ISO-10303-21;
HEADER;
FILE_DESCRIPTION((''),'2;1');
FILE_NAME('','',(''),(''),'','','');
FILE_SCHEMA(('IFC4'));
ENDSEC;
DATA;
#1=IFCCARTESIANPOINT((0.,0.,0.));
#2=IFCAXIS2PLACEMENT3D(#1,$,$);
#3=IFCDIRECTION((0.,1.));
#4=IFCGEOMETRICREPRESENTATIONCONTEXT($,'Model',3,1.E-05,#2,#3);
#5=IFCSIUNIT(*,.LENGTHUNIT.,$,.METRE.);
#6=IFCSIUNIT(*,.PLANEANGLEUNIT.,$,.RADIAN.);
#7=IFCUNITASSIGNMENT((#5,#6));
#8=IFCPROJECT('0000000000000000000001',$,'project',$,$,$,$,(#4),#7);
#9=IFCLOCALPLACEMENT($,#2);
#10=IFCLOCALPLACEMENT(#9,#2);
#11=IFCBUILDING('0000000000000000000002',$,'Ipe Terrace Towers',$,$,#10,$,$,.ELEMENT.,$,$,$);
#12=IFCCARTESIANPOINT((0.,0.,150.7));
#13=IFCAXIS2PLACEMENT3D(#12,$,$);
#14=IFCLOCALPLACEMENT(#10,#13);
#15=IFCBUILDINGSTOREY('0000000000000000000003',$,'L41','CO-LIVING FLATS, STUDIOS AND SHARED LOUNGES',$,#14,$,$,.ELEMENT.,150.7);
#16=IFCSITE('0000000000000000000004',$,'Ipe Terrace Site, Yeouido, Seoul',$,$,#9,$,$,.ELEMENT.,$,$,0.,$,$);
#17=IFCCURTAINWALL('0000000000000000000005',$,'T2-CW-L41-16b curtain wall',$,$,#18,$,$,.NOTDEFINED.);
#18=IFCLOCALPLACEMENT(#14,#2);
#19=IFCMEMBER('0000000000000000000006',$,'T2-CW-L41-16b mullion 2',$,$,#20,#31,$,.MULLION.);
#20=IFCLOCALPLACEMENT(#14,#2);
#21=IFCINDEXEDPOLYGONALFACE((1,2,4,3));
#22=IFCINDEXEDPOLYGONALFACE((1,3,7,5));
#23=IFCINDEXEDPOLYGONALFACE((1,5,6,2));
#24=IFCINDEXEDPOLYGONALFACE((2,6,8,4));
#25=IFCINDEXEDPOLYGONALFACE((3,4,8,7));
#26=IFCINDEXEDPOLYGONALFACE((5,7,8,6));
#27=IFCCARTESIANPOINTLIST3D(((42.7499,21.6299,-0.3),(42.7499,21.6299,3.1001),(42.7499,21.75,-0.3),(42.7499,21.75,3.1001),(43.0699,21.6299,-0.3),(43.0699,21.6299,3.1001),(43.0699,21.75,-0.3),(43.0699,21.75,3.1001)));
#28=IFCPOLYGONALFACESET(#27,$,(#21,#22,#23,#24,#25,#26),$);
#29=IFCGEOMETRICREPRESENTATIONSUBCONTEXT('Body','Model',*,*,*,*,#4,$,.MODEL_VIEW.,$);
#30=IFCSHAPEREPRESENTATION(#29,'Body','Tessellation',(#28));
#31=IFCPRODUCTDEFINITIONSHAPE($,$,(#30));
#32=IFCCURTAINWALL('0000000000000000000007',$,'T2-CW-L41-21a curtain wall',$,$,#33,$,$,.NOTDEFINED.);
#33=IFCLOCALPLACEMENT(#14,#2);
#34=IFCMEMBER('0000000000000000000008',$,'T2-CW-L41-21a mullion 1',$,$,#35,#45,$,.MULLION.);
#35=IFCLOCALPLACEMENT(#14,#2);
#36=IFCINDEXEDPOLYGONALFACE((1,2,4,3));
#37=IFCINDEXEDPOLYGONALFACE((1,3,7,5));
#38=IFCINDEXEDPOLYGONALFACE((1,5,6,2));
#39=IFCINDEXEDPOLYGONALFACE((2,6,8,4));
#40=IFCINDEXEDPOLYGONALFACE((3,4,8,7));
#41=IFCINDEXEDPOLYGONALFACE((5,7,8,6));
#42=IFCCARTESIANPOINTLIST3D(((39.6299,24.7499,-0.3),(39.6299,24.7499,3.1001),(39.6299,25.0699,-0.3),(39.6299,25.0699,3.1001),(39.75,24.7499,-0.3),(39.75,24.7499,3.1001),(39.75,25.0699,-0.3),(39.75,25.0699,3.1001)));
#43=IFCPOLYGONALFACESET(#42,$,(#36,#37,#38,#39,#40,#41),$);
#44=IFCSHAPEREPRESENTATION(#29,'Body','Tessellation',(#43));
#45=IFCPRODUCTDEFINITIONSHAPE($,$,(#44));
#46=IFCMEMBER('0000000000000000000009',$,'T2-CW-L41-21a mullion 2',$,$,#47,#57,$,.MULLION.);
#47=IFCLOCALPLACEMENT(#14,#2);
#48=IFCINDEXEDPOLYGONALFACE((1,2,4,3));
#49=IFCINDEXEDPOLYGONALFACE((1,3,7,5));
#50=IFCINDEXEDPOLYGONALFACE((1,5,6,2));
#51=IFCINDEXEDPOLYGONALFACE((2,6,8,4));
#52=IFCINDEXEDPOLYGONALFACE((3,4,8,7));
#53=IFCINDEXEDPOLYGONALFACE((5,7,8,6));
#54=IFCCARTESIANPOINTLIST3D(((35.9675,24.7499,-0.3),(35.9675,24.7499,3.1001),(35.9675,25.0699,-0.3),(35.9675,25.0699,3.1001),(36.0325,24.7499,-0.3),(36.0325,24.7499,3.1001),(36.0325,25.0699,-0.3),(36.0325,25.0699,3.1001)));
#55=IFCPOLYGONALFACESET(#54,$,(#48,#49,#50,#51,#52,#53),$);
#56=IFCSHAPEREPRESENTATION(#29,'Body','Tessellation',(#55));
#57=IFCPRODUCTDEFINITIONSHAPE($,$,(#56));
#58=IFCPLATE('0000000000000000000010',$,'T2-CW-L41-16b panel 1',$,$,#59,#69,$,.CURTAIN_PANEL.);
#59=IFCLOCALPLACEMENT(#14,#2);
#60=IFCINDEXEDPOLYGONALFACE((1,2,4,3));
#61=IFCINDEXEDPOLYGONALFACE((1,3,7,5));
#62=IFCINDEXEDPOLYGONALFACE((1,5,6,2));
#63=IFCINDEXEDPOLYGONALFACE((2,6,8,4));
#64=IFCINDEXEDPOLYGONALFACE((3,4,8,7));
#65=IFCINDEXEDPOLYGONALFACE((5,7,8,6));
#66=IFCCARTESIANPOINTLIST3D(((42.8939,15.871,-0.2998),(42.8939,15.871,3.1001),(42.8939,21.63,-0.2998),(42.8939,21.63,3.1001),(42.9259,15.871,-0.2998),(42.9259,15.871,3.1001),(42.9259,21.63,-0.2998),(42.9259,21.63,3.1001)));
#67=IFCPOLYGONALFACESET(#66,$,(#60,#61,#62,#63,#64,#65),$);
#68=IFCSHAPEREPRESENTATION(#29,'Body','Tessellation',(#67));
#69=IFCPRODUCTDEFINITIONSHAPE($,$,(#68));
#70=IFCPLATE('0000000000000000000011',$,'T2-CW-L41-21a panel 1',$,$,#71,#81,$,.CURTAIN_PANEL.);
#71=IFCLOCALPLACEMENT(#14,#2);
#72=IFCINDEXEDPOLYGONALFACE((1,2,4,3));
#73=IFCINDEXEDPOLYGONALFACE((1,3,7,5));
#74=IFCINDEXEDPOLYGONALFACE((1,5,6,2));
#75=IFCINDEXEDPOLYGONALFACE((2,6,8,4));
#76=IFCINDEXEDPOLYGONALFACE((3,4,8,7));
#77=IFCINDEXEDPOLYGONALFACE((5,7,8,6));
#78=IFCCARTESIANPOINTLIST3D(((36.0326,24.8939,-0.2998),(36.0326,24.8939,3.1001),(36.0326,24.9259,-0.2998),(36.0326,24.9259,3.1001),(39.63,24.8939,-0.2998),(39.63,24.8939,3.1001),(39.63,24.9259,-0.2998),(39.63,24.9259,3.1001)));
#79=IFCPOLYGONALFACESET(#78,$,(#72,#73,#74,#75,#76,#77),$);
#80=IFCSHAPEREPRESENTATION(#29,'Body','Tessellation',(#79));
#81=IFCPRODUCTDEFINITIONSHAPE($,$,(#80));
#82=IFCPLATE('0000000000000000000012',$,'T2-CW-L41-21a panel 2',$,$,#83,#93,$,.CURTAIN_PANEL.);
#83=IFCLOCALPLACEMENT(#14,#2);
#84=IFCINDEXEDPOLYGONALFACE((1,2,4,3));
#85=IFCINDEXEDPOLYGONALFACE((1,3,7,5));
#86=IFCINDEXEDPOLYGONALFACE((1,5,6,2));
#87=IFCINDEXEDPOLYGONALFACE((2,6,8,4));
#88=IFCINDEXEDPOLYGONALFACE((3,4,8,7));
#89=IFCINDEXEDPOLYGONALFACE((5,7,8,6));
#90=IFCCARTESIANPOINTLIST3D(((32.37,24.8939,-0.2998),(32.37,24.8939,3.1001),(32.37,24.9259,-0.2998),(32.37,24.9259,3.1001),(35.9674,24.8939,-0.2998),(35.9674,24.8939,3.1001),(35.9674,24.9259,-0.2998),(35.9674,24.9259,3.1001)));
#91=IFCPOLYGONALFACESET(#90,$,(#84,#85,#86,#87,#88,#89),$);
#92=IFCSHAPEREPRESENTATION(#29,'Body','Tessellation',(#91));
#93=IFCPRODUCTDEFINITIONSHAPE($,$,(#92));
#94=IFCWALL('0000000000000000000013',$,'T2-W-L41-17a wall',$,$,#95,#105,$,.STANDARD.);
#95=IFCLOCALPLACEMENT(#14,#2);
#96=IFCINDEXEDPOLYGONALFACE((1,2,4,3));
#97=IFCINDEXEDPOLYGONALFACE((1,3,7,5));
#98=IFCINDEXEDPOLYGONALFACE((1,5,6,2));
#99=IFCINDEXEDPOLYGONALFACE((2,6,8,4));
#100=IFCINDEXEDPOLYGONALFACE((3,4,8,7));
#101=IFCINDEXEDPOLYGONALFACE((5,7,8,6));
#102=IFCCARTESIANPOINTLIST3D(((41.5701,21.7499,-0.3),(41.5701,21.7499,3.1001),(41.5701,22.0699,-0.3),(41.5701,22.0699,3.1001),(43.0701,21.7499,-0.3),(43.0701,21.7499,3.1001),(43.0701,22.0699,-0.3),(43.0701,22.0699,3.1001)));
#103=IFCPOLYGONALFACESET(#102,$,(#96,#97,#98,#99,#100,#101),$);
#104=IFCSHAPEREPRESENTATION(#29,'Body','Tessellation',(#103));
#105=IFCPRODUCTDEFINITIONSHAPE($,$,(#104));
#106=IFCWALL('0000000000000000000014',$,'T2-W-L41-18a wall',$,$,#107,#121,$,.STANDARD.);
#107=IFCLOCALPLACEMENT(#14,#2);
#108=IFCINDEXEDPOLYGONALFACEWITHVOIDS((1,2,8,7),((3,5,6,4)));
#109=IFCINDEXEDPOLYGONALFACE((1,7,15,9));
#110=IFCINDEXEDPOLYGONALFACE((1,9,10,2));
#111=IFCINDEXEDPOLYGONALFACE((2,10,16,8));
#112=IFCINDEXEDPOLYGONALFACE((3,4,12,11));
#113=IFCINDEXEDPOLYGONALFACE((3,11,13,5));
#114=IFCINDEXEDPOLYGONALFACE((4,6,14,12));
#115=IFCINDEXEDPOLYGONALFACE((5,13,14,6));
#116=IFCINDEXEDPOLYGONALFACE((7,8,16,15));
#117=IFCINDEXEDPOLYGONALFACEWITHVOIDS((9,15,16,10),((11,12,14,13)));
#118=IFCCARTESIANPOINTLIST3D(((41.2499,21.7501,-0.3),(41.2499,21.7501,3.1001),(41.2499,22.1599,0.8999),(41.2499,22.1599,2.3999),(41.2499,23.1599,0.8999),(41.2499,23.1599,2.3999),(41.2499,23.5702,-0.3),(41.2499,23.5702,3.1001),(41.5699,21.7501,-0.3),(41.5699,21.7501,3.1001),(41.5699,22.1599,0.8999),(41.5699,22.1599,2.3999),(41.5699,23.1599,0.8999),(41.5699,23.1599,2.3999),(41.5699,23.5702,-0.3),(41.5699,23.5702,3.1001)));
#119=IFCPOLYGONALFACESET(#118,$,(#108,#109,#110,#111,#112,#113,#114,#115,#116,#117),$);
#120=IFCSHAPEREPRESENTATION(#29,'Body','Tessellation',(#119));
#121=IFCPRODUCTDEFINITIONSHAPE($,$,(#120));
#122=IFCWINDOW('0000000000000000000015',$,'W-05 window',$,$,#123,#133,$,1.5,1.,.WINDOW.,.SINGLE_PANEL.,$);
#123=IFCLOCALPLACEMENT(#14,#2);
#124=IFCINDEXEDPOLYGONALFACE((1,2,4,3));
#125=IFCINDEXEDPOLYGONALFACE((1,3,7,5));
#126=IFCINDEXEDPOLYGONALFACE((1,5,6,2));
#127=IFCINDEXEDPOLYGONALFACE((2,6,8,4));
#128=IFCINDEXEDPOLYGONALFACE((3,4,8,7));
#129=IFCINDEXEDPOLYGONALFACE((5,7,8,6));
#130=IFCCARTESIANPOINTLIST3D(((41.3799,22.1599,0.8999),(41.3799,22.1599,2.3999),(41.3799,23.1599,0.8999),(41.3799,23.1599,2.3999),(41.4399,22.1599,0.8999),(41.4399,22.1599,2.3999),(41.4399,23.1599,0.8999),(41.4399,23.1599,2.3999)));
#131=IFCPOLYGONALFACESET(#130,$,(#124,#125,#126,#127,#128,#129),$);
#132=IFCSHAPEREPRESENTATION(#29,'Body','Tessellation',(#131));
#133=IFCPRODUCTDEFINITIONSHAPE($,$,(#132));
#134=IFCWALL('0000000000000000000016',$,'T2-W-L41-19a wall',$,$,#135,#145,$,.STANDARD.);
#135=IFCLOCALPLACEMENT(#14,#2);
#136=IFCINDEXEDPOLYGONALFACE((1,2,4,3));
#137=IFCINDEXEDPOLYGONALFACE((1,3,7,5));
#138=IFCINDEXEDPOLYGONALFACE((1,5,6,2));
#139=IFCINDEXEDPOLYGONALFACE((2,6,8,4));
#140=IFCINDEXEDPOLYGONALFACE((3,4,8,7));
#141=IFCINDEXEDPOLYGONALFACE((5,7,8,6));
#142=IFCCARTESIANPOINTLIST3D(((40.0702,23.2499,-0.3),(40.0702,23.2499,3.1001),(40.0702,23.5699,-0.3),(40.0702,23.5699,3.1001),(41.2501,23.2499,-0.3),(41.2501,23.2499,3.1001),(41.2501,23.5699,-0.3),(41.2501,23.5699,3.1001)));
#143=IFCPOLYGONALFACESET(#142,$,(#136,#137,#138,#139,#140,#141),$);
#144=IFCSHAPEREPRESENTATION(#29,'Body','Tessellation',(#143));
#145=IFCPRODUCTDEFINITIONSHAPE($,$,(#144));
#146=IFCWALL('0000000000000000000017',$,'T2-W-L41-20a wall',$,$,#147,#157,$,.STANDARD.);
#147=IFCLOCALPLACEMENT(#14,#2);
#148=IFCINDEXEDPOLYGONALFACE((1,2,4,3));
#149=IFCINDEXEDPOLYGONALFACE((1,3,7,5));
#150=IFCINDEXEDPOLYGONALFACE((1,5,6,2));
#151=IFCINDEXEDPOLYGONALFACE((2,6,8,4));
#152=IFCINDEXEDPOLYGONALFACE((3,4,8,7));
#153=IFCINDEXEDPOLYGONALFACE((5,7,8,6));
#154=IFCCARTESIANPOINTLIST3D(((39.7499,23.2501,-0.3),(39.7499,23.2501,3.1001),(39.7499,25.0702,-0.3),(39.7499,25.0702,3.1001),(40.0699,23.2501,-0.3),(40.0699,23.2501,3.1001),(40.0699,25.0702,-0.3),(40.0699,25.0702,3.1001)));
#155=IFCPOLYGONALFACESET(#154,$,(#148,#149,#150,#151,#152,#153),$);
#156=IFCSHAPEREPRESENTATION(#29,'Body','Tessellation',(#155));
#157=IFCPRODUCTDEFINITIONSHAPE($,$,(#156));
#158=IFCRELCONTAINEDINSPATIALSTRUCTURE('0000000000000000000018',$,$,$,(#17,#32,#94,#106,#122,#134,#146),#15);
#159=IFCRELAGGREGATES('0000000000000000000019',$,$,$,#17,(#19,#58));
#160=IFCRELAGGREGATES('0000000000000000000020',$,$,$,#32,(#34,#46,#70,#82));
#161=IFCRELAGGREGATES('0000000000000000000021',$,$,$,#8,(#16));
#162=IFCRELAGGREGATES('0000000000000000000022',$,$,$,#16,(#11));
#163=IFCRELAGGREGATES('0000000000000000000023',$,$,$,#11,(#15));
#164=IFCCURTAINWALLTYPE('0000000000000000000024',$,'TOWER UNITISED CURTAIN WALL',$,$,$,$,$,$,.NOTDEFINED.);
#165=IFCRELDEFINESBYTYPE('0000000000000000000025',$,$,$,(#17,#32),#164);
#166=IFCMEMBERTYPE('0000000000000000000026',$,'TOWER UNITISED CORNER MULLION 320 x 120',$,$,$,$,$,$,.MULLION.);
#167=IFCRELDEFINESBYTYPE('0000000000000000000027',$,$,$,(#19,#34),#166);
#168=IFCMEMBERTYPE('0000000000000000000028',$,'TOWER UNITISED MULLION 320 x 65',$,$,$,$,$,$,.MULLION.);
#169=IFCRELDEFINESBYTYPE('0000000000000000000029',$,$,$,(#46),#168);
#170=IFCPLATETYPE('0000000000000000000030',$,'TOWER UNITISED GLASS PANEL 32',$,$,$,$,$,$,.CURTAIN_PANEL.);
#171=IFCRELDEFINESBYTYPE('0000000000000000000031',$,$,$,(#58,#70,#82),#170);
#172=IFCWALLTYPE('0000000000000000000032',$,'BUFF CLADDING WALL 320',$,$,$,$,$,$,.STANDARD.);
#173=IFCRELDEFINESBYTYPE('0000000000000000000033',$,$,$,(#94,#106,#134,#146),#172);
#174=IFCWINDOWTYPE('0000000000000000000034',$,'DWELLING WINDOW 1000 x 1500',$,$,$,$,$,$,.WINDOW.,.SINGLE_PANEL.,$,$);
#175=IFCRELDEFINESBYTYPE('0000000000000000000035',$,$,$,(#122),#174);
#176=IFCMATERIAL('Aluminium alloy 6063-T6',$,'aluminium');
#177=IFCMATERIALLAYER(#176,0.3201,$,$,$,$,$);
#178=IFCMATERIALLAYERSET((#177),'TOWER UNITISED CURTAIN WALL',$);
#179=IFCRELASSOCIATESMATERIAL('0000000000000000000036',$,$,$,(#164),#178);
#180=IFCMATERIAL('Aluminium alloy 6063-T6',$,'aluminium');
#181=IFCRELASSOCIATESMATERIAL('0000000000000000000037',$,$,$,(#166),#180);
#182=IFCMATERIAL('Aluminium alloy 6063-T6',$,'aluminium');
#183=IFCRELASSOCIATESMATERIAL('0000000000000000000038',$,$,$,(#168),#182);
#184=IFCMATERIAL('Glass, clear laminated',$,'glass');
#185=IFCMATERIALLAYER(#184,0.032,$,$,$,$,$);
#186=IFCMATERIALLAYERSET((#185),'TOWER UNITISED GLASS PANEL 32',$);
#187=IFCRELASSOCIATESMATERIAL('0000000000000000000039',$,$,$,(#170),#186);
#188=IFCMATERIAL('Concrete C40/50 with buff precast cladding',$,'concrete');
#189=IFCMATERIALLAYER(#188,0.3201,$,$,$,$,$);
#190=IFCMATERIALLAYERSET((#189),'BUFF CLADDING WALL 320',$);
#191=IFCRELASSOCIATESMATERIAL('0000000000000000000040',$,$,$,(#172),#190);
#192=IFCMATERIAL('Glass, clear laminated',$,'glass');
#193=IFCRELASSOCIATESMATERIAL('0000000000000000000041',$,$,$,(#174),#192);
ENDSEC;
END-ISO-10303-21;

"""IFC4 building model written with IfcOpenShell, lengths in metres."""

from ifc_helpers import new_model, si_unit, direction, frame, frame_2d, origin, origin_2d, place, context, subcontext, project, spatial, rectangle, extrude, material, layer, layer_set, material_profile, profile_set, type_object, element, fill, aggregate, save


model = new_model("IFC4")

# Units and contexts
model_context = context("Model", 3, precision=1e-05, world=origin(), true_north=direction((0.0, 1.0)))
body_context = subcontext(model_context, "Body", "Model", "MODEL_VIEW")
ifc_project = project(units=[si_unit("LENGTHUNIT", "METRE"), si_unit("PLANEANGLEUNIT", "RADIAN")], contexts=[model_context])

# Site, building, storey
site_placement = place(None, origin())
site = spatial("IfcSite", under=ifc_project, at=site_placement, Name="Ipe Terrace Site, Yeouido, Seoul", CompositionType="ELEMENT", RefElevation=0.0)
building_placement = place(site_placement, origin())
building = spatial("IfcBuilding", under=site, at=building_placement, Name="Ipe Terrace Towers", CompositionType="ELEMENT")
storey_placement = place(building_placement, frame((0.0, 0.0, 150.7)))
storey = spatial("IfcBuildingStorey", under=building, at=storey_placement, Name="L41", Description="CO-LIVING FLATS, STUDIOS AND SHARED LOUNGES", CompositionType="ELEMENT", Elevation=150.7)

# Curtain walls, members
ifc_material_1 = material(Name="Aluminium alloy 6063-T6", Category="aluminium")
ifc_layer_1 = layer(ifc_material_1, 0.3201)
ifc_layer_set_1 = layer_set([ifc_layer_1], Name="TOWER UNITISED CURTAIN WALL")
curtain_wall_type = type_object("IfcCurtainWallType", Name="TOWER UNITISED CURTAIN WALL", PredefinedType="NOTDEFINED", material=ifc_layer_set_1)
curtain_wall_1_placement = place(storey_placement, origin())
curtain_wall_1 = element("IfcCurtainWall", 1, at=curtain_wall_1_placement, inside=storey, type_object=curtain_wall_type, Name="T2-CW-L41-16b curtain wall", PredefinedType="NOTDEFINED")
ifc_material_2 = material(Name="Aluminium alloy 6063-T6", Category="aluminium")
ifc_material_profile_1 = material_profile(ifc_material_2, rectangle(XDim=0.3201, YDim=0.1201, at=origin_2d()), Name="TOWER UNITISED CORNER MULLION 320 x 120")
ifc_profile_set_1 = profile_set([ifc_material_profile_1], Name="Aluminium alloy 6063-T6")
member_type_1 = type_object("IfcMemberType", Name="TOWER UNITISED CORNER MULLION 320 x 120", PredefinedType="MULLION", material=ifc_profile_set_1)
member_1_placement = place(storey_placement, frame((42.9099, 21.6899, -0.3), z_axis=(0.0, 0.0, 1.0), x_axis=(1.0, 0.0, 0.0)))
member_1 = element("IfcMember", 2, at=member_1_placement, type_object=member_type_1, Name="T2-CW-L41-16b mullion 2", PredefinedType="MULLION", context=body_context, shape_type="SweptSolid", body=[
    extrude(rectangle(XDim=0.3201, YDim=0.1201, at=origin_2d()), origin(), (0.0, 0.0, 1.0), 3.4001),
])
curtain_wall_2_placement = place(storey_placement, origin())
curtain_wall_2 = element("IfcCurtainWall", 3, at=curtain_wall_2_placement, inside=storey, type_object=curtain_wall_type, Name="T2-CW-L41-21a curtain wall", PredefinedType="NOTDEFINED")
member_2_placement = place(storey_placement, frame((39.6899, 24.9099, -0.3), z_axis=(0.0, 0.0, 1.0), x_axis=(0.0, 1.0, 0.0)))
member_2 = element("IfcMember", 4, at=member_2_placement, type_object=member_type_1, Name="T2-CW-L41-21a mullion 1", PredefinedType="MULLION", context=body_context, shape_type="SweptSolid", body=[
    extrude(rectangle(XDim=0.3201, YDim=0.1201, at=origin_2d()), origin(), (0.0, 0.0, 1.0), 3.4001),
])
ifc_material_3 = material(Name="Aluminium alloy 6063-T6", Category="aluminium")
ifc_material_profile_2 = material_profile(ifc_material_3, rectangle(XDim=0.3201, YDim=0.0649, at=origin_2d()), Name="TOWER UNITISED MULLION 320 x 65")
ifc_profile_set_2 = profile_set([ifc_material_profile_2], Name="Aluminium alloy 6063-T6")
member_type_2 = type_object("IfcMemberType", Name="TOWER UNITISED MULLION 320 x 65", PredefinedType="MULLION", material=ifc_profile_set_2)
member_3_placement = place(storey_placement, frame((36.0, 24.9099, -0.3), z_axis=(0.0, 0.0, 1.0), x_axis=(0.0, 1.0, 0.0)))
member_3 = element("IfcMember", 5, at=member_3_placement, type_object=member_type_2, Name="T2-CW-L41-21a mullion 2", PredefinedType="MULLION", context=body_context, shape_type="SweptSolid", body=[
    extrude(rectangle(XDim=0.3201, YDim=0.0649, at=origin_2d()), origin(), (0.0, 0.0, 1.0), 3.4001),
])

# Plates
ifc_material_4 = material(Name="Glass, clear laminated", Category="glass")
ifc_layer_2 = layer(ifc_material_4, 0.032)
ifc_layer_set_2 = layer_set([ifc_layer_2], Name="TOWER UNITISED GLASS PANEL 32")
plate_type = type_object("IfcPlateType", Name="TOWER UNITISED GLASS PANEL 32", PredefinedType="CURTAIN_PANEL", material=ifc_layer_set_2)
plate_1_placement = place(storey_placement, frame((42.9099, 18.7505, -0.2998), z_axis=(0.0, 0.0, 1.0), x_axis=(0.0, 1.0, 0.0)))
plate_1 = element("IfcPlate", 6, at=plate_1_placement, type_object=plate_type, Name="T2-CW-L41-16b panel 1", PredefinedType="CURTAIN_PANEL", context=body_context, shape_type="SweptSolid", body=[
    extrude(rectangle(XDim=5.759, YDim=0.032, at=origin_2d()), origin(), (0.0, 0.0, 1.0), 3.3999),
])
aggregate(curtain_wall_1, [member_1, plate_1])
plate_2_placement = place(storey_placement, frame((37.8313, 24.9099, -0.2998), z_axis=(0.0, 0.0, 1.0), x_axis=(-1.0, 0.0, 0.0)))
plate_2 = element("IfcPlate", 7, at=plate_2_placement, type_object=plate_type, Name="T2-CW-L41-21a panel 1", PredefinedType="CURTAIN_PANEL", context=body_context, shape_type="SweptSolid", body=[
    extrude(rectangle(XDim=3.5974, YDim=0.032, at=origin_2d()), origin(), (0.0, 0.0, 1.0), 3.3999),
])
plate_3_placement = place(storey_placement, frame((34.1687, 24.9099, -0.2998), z_axis=(0.0, 0.0, 1.0), x_axis=(-1.0, 0.0, 0.0)))
plate_3 = element("IfcPlate", 8, at=plate_3_placement, type_object=plate_type, Name="T2-CW-L41-21a panel 2", PredefinedType="CURTAIN_PANEL", context=body_context, shape_type="SweptSolid", body=[
    extrude(rectangle(XDim=3.5974, YDim=0.032, at=origin_2d()), origin(), (0.0, 0.0, 1.0), 3.3999),
])
aggregate(curtain_wall_2, [member_2, member_3, plate_2, plate_3])

# Wall
ifc_material_5 = material(Name="Concrete C40/50 with buff precast cladding", Category="concrete")
ifc_layer_3 = layer(ifc_material_5, 0.3201)
ifc_layer_set_3 = layer_set([ifc_layer_3], Name="BUFF CLADDING WALL 320")
wall_type_1 = type_object("IfcWallType", Name="BUFF CLADDING WALL 320", PredefinedType="STANDARD", material=ifc_layer_set_3)
wall_1_placement = place(storey_placement, frame((43.0701, 21.9099, -0.3), z_axis=(0.0, 0.0, 1.0), x_axis=(-1.0, 0.0, 0.0)))
element("IfcWall", 9, at=wall_1_placement, inside=storey, type_object=wall_type_1, Name="T2-W-L41-17a wall", PredefinedType="STANDARD", context=body_context, shape_type="SweptSolid", body=[
    extrude(rectangle(XDim=1.5, YDim=0.3201, at=frame_2d((0.75, 0.0))), origin(), (0.0, 0.0, 1.0), 3.4001),
])

# Wall, opening, window
wall_2_placement = place(storey_placement, frame((41.4099, 21.75, -0.3), z_axis=(0.0, 0.0, 1.0), x_axis=(0.0, 1.0, 0.0)))
wall_2 = element("IfcWall", 10, at=wall_2_placement, inside=storey, type_object=wall_type_1, Name="T2-W-L41-18a wall", PredefinedType="STANDARD", context=body_context, shape_type="SweptSolid", body=[
    extrude(rectangle(XDim=1.8201, YDim=0.3201, at=frame_2d((0.9102, 0.0))), origin(), (0.0, 0.0, 1.0), 3.4001),
])
opening_1_placement = place(wall_2_placement, frame((0.4099, 0.0, 1.2)))
opening_1 = element("IfcOpeningElement", 11, at=opening_1_placement, cuts=wall_2, PredefinedType="OPENING", context=body_context, shape_type="SweptSolid", body=[
    extrude(rectangle(XDim=1.0, YDim=1.5, at=frame_2d((0.5, 0.75))), frame((0.0, 0.1699, 0.0), z_axis=(0.0, -1.0, 0.0), x_axis=(1.0, 0.0, 0.0)), (0.0, 0.0, 1.0), 0.3401),
])
ifc_material_6 = material(Name="Glass, clear laminated", Category="glass")
window_type = type_object("IfcWindowType", Name="DWELLING WINDOW 1000 x 1500", PartitioningType="SINGLE_PANEL", PredefinedType="WINDOW", material=ifc_material_6)
window_placement = place(opening_1_placement, origin())
window = element("IfcWindow", 12, at=window_placement, inside=storey, type_object=window_type, Name="W-05 window", OverallHeight=1.5, OverallWidth=1.0, PartitioningType="SINGLE_PANEL", PredefinedType="WINDOW", context=body_context, shape_type="SweptSolid", body=[
    extrude(rectangle(XDim=1.0, YDim=1.5, at=frame_2d((0.5, 0.75))), frame((0.0, 0.03, 0.0), z_axis=(0.0, -1.0, 0.0), x_axis=(1.0, 0.0, 0.0)), (0.0, 0.0, 1.0), 0.0601),
])
fill(opening_1, window)

# Walls
wall_3_placement = place(storey_placement, frame((41.25, 23.4099, -0.3), z_axis=(0.0, 0.0, 1.0), x_axis=(-1.0, 0.0, 0.0)))
element("IfcWall", 13, at=wall_3_placement, inside=storey, type_object=wall_type_1, Name="T2-W-L41-19a wall", PredefinedType="STANDARD", context=body_context, shape_type="SweptSolid", body=[
    extrude(rectangle(XDim=1.1799, YDim=0.3201, at=frame_2d((0.5898, 0.0))), origin(), (0.0, 0.0, 1.0), 3.4001),
])
wall_4_placement = place(storey_placement, frame((39.9099, 23.25, -0.3), z_axis=(0.0, 0.0, 1.0), x_axis=(0.0, 1.0, 0.0)))
element("IfcWall", 14, at=wall_4_placement, inside=storey, type_object=wall_type_1, Name="T2-W-L41-20a wall", PredefinedType="STANDARD", context=body_context, shape_type="SweptSolid", body=[
    extrude(rectangle(XDim=1.8201, YDim=0.3201, at=frame_2d((0.9102, 0.0))), origin(), (0.0, 0.0, 1.0), 3.4001),
])

save(model, "model.ifc")
